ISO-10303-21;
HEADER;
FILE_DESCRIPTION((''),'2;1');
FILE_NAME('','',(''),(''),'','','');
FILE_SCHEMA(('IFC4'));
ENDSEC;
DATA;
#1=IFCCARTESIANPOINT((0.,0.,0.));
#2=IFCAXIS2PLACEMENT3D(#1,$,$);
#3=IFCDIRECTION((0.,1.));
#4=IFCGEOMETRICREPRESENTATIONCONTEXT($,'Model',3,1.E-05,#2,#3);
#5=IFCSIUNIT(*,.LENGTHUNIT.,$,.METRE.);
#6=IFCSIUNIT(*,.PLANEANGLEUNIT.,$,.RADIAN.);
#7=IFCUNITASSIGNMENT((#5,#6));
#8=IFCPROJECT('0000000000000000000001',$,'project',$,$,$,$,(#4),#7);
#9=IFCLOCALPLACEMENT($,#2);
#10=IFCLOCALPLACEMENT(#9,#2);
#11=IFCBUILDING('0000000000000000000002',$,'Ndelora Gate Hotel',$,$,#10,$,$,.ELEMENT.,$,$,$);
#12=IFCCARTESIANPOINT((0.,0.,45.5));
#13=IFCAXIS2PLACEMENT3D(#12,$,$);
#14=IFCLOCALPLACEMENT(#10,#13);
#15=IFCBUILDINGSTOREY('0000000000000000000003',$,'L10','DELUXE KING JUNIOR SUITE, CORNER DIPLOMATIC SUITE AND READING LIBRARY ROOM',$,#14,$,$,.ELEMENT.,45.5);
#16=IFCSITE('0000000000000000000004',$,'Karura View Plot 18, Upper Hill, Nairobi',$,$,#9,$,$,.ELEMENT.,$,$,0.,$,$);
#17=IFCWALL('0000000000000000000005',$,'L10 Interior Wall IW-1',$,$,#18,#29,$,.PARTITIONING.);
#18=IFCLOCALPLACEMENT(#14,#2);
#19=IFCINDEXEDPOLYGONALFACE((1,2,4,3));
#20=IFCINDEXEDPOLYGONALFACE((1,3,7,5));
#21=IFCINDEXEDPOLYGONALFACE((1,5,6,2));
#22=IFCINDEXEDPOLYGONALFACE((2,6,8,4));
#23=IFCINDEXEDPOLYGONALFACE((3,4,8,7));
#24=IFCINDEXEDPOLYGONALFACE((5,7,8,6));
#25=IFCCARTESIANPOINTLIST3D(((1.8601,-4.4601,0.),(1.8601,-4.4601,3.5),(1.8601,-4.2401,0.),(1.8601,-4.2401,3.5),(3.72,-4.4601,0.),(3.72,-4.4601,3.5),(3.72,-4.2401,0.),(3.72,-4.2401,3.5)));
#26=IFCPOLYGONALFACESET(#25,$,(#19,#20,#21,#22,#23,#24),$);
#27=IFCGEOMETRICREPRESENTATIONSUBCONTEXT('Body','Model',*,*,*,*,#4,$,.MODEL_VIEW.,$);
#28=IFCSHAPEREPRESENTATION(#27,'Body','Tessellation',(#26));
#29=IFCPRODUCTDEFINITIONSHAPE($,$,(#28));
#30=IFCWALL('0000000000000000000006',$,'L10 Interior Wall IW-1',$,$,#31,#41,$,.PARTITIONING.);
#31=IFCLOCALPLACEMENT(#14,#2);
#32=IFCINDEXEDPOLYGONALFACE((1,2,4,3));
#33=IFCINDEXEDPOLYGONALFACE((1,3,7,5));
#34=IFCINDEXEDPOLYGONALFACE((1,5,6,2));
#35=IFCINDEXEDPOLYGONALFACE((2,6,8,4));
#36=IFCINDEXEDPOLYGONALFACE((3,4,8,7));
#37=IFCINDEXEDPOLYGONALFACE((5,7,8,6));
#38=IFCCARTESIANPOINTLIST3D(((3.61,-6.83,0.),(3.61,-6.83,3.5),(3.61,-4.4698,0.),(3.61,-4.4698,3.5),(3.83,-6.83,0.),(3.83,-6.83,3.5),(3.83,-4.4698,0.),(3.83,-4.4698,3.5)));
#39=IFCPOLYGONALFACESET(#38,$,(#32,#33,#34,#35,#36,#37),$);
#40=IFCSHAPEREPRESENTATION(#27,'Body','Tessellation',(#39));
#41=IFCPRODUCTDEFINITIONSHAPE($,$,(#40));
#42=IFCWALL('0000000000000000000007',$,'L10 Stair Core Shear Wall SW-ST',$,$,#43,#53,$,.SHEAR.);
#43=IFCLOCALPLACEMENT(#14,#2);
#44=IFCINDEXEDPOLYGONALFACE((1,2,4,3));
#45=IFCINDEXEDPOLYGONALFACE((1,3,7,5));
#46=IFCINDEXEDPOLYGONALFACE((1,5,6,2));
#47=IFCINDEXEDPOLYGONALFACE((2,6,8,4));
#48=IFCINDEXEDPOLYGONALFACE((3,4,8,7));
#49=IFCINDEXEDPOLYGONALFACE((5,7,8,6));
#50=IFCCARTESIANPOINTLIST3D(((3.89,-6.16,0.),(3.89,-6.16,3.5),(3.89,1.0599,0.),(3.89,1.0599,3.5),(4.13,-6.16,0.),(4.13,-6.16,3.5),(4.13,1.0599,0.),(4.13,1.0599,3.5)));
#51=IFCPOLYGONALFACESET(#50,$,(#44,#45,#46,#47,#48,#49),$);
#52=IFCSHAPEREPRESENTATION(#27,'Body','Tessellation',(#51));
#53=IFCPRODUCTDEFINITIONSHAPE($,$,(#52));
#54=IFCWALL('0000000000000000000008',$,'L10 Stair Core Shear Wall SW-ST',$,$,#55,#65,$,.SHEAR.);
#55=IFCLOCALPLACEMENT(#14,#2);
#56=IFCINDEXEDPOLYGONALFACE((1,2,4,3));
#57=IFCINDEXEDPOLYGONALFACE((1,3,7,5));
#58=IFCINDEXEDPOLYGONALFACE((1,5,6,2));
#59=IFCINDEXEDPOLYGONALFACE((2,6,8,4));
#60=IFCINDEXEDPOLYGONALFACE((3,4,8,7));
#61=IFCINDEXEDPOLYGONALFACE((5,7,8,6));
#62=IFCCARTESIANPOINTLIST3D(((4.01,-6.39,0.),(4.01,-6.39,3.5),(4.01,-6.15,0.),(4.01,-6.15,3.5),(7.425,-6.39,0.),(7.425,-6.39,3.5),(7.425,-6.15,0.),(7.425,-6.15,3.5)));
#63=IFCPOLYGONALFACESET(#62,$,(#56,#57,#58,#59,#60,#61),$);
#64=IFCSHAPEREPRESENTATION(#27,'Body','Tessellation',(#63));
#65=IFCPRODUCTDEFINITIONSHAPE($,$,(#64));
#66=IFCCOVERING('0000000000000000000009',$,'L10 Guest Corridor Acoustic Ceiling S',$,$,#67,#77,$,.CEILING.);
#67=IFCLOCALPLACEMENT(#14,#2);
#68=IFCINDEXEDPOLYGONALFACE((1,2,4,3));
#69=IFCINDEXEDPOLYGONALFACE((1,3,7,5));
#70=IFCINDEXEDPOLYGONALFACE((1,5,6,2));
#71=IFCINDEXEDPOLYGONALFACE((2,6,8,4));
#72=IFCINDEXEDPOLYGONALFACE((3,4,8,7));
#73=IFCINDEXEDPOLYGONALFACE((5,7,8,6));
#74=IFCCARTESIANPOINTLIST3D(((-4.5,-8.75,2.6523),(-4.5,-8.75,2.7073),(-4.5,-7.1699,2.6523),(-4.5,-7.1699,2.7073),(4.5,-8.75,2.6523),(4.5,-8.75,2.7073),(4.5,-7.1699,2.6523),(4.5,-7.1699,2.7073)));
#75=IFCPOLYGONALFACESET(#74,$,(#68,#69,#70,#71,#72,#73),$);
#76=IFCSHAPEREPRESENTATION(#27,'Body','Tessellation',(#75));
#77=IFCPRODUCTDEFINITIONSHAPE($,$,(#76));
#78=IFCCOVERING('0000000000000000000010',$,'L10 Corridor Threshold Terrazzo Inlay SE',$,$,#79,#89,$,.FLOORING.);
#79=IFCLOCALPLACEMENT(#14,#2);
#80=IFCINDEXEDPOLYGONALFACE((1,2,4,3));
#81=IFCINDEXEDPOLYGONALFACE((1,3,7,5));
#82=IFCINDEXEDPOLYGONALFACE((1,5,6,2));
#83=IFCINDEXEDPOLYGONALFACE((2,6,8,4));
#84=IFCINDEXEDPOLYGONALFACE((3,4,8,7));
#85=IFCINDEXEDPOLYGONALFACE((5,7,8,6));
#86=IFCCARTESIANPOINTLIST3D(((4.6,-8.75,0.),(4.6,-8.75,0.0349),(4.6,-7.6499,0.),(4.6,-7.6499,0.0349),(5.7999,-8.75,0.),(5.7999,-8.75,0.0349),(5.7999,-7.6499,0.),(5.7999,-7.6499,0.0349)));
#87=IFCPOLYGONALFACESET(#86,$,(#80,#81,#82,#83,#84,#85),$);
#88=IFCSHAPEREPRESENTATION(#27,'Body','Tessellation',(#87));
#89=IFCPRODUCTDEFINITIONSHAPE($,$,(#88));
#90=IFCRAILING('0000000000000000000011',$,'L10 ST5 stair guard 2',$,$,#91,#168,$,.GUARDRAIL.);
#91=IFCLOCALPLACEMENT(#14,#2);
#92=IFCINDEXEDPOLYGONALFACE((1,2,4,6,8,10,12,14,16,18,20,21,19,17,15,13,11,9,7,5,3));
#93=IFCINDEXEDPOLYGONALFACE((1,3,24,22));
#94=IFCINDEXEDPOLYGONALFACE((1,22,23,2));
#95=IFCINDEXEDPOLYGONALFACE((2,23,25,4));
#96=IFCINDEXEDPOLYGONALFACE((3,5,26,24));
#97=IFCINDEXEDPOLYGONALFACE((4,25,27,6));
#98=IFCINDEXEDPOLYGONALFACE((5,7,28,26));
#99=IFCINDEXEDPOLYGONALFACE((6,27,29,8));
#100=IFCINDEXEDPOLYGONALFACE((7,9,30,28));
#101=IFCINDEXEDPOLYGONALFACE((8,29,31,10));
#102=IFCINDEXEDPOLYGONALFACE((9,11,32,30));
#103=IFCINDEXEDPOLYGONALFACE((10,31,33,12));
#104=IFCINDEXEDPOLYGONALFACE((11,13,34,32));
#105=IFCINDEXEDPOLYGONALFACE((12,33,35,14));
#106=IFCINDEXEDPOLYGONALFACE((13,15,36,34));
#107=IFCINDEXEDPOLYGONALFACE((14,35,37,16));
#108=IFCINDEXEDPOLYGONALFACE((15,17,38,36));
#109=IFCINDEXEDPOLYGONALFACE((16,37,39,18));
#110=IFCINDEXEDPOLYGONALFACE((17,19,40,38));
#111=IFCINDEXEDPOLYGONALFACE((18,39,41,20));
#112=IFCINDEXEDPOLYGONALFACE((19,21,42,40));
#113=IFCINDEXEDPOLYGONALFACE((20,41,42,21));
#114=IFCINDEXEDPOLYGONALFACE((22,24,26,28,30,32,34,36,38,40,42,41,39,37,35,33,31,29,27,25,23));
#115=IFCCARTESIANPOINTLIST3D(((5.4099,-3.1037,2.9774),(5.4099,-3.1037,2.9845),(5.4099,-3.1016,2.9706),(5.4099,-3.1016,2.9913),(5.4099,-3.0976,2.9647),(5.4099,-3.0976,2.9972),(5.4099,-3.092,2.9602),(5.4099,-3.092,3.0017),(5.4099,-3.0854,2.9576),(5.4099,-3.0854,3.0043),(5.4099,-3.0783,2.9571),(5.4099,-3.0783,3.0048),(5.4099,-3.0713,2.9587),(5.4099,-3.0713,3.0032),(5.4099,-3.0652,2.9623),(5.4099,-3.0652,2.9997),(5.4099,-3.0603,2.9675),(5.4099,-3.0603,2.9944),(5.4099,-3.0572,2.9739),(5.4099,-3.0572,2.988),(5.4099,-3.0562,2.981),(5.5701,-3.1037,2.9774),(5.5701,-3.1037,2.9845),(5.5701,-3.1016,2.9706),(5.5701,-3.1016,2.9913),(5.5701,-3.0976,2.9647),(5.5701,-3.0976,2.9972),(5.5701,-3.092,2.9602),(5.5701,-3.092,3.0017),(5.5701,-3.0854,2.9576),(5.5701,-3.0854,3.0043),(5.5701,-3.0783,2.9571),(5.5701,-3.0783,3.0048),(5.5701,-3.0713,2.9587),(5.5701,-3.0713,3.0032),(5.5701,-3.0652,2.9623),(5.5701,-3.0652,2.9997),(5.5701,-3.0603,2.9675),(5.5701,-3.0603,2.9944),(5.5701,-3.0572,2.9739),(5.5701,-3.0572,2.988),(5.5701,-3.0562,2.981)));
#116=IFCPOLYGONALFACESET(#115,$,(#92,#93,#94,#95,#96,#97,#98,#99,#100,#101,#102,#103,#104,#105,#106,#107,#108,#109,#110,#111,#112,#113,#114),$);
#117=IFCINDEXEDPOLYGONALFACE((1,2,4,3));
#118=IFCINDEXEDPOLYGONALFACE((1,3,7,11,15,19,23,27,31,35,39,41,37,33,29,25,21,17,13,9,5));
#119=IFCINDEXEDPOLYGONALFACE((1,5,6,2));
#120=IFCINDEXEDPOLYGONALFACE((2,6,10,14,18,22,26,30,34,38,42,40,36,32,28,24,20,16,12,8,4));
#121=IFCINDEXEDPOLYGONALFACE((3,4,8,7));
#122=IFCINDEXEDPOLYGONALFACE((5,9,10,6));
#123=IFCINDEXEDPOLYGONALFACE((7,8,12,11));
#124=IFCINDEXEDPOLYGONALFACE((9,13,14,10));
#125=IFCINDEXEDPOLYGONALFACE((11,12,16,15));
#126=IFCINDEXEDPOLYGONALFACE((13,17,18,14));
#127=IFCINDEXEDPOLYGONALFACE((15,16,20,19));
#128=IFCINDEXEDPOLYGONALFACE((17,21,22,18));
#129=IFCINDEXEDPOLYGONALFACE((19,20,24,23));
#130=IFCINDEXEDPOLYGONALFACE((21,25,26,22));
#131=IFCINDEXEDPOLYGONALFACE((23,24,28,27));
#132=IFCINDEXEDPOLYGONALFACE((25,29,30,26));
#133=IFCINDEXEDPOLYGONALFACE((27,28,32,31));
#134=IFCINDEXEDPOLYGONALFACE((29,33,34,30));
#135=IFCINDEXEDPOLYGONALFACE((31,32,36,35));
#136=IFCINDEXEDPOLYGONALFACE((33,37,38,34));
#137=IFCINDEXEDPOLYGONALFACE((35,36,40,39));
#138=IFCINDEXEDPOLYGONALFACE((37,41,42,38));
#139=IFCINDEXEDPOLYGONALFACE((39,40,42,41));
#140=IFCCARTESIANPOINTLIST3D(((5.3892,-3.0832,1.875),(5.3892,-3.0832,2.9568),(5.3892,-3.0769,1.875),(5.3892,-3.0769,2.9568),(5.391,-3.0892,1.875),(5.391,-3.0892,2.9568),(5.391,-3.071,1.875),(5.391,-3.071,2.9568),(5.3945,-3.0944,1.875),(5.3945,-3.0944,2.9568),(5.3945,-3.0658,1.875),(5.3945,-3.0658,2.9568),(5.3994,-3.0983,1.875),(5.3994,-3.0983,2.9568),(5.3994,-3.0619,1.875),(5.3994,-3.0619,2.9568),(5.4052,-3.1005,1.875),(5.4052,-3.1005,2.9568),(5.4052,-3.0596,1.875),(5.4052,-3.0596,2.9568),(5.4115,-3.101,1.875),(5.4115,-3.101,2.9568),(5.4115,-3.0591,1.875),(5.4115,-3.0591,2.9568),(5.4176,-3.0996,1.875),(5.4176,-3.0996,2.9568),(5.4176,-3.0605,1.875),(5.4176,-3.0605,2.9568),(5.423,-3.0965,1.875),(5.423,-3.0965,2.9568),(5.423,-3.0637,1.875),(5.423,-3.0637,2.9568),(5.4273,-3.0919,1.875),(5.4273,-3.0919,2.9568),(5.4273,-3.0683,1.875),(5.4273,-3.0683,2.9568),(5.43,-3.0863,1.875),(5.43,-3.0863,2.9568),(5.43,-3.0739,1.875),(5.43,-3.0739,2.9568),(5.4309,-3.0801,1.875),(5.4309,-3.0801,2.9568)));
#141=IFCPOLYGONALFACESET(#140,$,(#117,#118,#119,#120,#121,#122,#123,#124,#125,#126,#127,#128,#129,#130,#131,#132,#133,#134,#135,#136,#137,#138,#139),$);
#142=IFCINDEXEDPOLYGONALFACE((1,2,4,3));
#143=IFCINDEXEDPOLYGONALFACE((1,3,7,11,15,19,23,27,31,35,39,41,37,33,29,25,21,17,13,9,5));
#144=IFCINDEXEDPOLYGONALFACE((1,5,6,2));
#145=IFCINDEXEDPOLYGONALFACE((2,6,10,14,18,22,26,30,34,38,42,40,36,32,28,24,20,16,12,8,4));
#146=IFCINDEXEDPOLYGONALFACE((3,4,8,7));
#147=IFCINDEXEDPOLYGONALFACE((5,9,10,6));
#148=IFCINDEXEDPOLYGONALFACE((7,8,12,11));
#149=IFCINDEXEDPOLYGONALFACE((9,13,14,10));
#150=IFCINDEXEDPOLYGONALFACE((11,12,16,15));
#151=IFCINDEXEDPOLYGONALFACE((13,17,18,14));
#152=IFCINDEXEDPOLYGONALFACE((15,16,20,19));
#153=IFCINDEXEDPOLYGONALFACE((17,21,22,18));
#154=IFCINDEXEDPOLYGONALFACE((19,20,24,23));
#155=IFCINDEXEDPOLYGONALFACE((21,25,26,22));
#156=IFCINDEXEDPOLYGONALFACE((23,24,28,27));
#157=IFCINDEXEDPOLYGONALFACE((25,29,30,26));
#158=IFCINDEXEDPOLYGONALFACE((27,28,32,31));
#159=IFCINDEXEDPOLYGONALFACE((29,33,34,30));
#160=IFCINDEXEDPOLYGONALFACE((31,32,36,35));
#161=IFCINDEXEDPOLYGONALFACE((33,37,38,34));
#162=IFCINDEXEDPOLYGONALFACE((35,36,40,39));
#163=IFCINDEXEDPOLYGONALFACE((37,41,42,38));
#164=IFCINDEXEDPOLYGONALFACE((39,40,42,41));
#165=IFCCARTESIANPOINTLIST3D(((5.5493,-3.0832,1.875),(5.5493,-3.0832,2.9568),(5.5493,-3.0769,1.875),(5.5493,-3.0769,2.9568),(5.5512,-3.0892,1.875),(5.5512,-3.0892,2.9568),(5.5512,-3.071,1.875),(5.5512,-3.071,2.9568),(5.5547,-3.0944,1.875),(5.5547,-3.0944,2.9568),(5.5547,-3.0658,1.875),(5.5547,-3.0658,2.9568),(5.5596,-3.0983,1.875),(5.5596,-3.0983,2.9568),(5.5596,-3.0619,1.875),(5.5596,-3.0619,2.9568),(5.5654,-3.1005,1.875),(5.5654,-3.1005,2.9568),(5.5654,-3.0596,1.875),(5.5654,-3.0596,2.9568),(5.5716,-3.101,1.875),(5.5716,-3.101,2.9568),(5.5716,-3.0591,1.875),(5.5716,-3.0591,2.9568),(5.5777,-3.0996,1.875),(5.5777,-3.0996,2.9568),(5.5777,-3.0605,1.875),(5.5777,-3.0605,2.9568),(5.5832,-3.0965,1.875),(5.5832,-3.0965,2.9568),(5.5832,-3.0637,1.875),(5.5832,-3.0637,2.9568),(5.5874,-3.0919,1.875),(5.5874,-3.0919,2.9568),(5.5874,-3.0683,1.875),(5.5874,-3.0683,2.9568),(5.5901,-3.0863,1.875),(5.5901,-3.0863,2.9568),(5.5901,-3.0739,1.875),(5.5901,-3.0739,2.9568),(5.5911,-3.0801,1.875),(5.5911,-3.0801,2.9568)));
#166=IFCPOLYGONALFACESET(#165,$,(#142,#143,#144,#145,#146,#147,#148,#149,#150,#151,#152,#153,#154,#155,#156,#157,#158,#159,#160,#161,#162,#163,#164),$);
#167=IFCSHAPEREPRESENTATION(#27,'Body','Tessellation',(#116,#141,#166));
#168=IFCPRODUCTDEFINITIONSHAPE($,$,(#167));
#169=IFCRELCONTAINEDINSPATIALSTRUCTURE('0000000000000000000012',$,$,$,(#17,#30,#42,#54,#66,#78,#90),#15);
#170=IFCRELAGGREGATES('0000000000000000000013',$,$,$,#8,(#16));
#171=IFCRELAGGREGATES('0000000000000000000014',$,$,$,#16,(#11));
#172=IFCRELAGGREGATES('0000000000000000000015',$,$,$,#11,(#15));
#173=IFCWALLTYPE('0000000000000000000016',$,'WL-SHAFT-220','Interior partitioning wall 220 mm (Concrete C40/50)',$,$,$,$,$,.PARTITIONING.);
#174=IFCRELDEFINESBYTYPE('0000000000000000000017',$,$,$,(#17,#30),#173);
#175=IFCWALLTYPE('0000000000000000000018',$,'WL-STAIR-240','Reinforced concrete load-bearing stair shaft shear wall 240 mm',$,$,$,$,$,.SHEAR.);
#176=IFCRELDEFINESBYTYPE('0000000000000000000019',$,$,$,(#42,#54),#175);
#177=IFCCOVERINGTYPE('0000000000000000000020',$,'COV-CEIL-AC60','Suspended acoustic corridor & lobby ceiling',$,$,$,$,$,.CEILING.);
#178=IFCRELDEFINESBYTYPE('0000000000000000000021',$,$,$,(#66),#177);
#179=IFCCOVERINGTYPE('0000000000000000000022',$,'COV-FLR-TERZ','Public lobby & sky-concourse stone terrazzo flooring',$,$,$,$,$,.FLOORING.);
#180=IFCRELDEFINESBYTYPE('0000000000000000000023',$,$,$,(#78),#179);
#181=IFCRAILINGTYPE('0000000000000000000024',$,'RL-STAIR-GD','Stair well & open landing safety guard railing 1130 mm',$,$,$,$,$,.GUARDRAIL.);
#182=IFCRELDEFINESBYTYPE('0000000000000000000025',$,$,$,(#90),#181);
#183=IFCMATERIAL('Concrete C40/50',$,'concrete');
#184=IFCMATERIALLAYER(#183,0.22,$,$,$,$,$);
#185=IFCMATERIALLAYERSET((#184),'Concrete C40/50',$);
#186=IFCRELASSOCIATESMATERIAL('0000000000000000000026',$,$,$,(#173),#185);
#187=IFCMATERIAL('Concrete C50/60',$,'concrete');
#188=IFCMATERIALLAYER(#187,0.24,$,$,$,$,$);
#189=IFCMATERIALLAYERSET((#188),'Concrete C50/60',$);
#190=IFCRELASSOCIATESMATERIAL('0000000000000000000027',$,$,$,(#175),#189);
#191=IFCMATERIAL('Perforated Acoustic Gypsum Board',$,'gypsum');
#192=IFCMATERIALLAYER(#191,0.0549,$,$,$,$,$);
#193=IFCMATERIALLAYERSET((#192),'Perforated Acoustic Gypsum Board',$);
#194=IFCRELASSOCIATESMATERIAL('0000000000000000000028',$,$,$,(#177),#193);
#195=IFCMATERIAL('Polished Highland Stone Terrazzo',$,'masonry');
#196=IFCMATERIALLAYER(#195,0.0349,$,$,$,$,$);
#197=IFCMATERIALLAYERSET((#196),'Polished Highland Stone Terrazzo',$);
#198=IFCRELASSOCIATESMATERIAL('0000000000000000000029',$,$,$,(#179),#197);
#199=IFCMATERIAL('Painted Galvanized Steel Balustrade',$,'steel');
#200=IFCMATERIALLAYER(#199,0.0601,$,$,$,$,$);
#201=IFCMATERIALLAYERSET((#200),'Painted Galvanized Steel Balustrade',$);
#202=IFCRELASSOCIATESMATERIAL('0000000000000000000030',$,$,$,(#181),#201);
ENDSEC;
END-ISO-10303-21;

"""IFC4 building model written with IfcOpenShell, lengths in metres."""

from ifc_helpers import new_model, si_unit, direction, frame, frame_2d, origin, origin_2d, place, context, subcontext, project, spatial, rectangle, circle, extrude, material, layer, layer_set, type_object, element, save


model = new_model("IFC4")

# Units and contexts
model_context = context("Model", 3, precision=1e-05, world=origin(), true_north=direction((0.0, 1.0)))
body_context = subcontext(model_context, "Body", "Model", "MODEL_VIEW")
ifc_project = project(units=[si_unit("LENGTHUNIT", "METRE"), si_unit("PLANEANGLEUNIT", "RADIAN")], contexts=[model_context])

# Site, building, storey
site_placement = place(None, origin())
site = spatial("IfcSite", under=ifc_project, at=site_placement, Name="Karura View Plot 18, Upper Hill, Nairobi", CompositionType="ELEMENT", RefElevation=0.0)
building_placement = place(site_placement, origin())
building = spatial("IfcBuilding", under=site, at=building_placement, Name="Ndelora Gate Hotel", CompositionType="ELEMENT")
storey_placement = place(building_placement, frame((0.0, 0.0, 45.5)))
storey = spatial("IfcBuildingStorey", under=building, at=storey_placement, Name="L10", Description="DELUXE KING JUNIOR SUITE, CORNER DIPLOMATIC SUITE AND READING LIBRARY ROOM", CompositionType="ELEMENT", Elevation=45.5)

# Walls
ifc_material_1 = material(Name="Concrete C40/50", Category="concrete")
ifc_layer_1 = layer(ifc_material_1, 0.22)
ifc_layer_set_1 = layer_set([ifc_layer_1], Name="Concrete C40/50")
wall_type_1 = type_object("IfcWallType", Name="WL-SHAFT-220", Description="Interior partitioning wall 220 mm (Concrete C40/50)", PredefinedType="PARTITIONING", material=ifc_layer_set_1)
wall_1_placement = place(storey_placement, frame((1.8601, -4.3501, 0.0), z_axis=(0.0, 0.0, 1.0), x_axis=(1.0, 0.0, 0.0)))
element("IfcWall", 1, at=wall_1_placement, inside=storey, type_object=wall_type_1, Name="L10 Interior Wall IW-1", PredefinedType="PARTITIONING", context=body_context, shape_type="SweptSolid", body=[
    extrude(rectangle(XDim=1.8599, YDim=0.22, at=frame_2d((0.9299, 0.0))), origin(), (0.0, 0.0, 1.0), 3.5),
])
wall_2_placement = place(storey_placement, frame((3.72, -6.8301, 0.0), z_axis=(0.0, 0.0, 1.0), x_axis=(0.0, 1.0, 0.0)))
element("IfcWall", 2, at=wall_2_placement, inside=storey, type_object=wall_type_1, Name="L10 Interior Wall IW-1", PredefinedType="PARTITIONING", context=body_context, shape_type="SweptSolid", body=[
    extrude(rectangle(XDim=2.3601, YDim=0.22, at=frame_2d((1.1802, 0.0))), origin(), (0.0, 0.0, 1.0), 3.5),
])
ifc_material_2 = material(Name="Concrete C50/60", Category="concrete")
ifc_layer_2 = layer(ifc_material_2, 0.24)
ifc_layer_set_2 = layer_set([ifc_layer_2], Name="Concrete C50/60")
wall_type_2 = type_object("IfcWallType", Name="WL-STAIR-240", Description="Reinforced concrete load-bearing stair shaft shear wall 240 mm", PredefinedType="SHEAR", material=ifc_layer_set_2)
wall_3_placement = place(storey_placement, frame((4.01, -6.1599, 0.0), z_axis=(0.0, 0.0, 1.0), x_axis=(0.0, 1.0, 0.0)))
element("IfcWall", 3, at=wall_3_placement, inside=storey, type_object=wall_type_2, Name="L10 Stair Core Shear Wall SW-ST", PredefinedType="SHEAR", context=body_context, shape_type="SweptSolid", body=[
    extrude(rectangle(XDim=7.22, YDim=0.24, at=frame_2d((3.6099, 0.0))), origin(), (0.0, 0.0, 1.0), 3.5),
])
wall_4_placement = place(storey_placement, frame((4.01, -6.27, 0.0), z_axis=(0.0, 0.0, 1.0), x_axis=(1.0, 0.0, 0.0)))
element("IfcWall", 4, at=wall_4_placement, inside=storey, type_object=wall_type_2, Name="L10 Stair Core Shear Wall SW-ST", PredefinedType="SHEAR", context=body_context, shape_type="SweptSolid", body=[
    extrude(rectangle(XDim=3.415, YDim=0.24, at=frame_2d((1.7075, 0.0))), origin(), (0.0, 0.0, 1.0), 3.5),
])

# Coverings
ifc_material_3 = material(Name="Perforated Acoustic Gypsum Board", Category="gypsum")
ifc_layer_3 = layer(ifc_material_3, 0.0549)
ifc_layer_set_3 = layer_set([ifc_layer_3], Name="Perforated Acoustic Gypsum Board")
covering_type_1 = type_object("IfcCoveringType", Name="COV-CEIL-AC60", Description="Suspended acoustic corridor & lobby ceiling", PredefinedType="CEILING", material=ifc_layer_set_3)
covering_1_placement = place(storey_placement, frame((0.0, -7.96, 2.6523), z_axis=(0.0, 0.0, 1.0), x_axis=(1.0, 0.0, 0.0)))
element("IfcCovering", 5, at=covering_1_placement, inside=storey, type_object=covering_type_1, Name="L10 Guest Corridor Acoustic Ceiling S", PredefinedType="CEILING", context=body_context, shape_type="SweptSolid", body=[
    extrude(rectangle(XDim=9.0, YDim=1.5801, at=origin_2d()), origin(), (0.0, 0.0, 1.0), 0.0549),
])
ifc_material_4 = material(Name="Polished Highland Stone Terrazzo", Category="masonry")
ifc_layer_4 = layer(ifc_material_4, 0.0349)
ifc_layer_set_4 = layer_set([ifc_layer_4], Name="Polished Highland Stone Terrazzo")
covering_type_2 = type_object("IfcCoveringType", Name="COV-FLR-TERZ", Description="Public lobby & sky-concourse stone terrazzo flooring", PredefinedType="FLOORING", material=ifc_layer_set_4)
covering_2_placement = place(storey_placement, frame((5.2, -8.2, 0.0), z_axis=(0.0, 0.0, 1.0), x_axis=(1.0, 0.0, 0.0)))
element("IfcCovering", 6, at=covering_2_placement, inside=storey, type_object=covering_type_2, Name="L10 Corridor Threshold Terrazzo Inlay SE", PredefinedType="FLOORING", context=body_context, shape_type="SweptSolid", body=[
    extrude(rectangle(XDim=1.2, YDim=1.1001, at=origin_2d()), origin(), (0.0, 0.0, 1.0), 0.0349),
])

# Railing
ifc_material_5 = material(Name="Painted Galvanized Steel Balustrade", Category="steel")
ifc_layer_5 = layer(ifc_material_5, 0.0601)
ifc_layer_set_5 = layer_set([ifc_layer_5], Name="Painted Galvanized Steel Balustrade")
railing_type = type_object("IfcRailingType", Name="RL-STAIR-GD", Description="Stair well & open landing safety guard railing 1130 mm", PredefinedType="GUARDRAIL", material=ifc_layer_set_5)
railing_1_placement = place(storey_placement, frame((5.4099, -3.0801, 1.875)))
element("IfcRailing", 7, at=railing_1_placement, inside=storey, type_object=railing_type, Name="L10 ST5 stair guard 2", PredefinedType="GUARDRAIL", context=body_context, shape_type="SweptSolid", body=[
    extrude(circle(Radius=0.0239, at=origin_2d()), frame((0.0, 0.0, 1.106), z_axis=(1.0, 0.0, 0.0), x_axis=(0.0, 1.0, 0.0)), (0.0, 0.0, 1.0), 0.1602),
    extrude(circle(Radius=0.021, at=origin_2d()), origin(), (0.0, 0.0, 1.0), 1.0818),
    extrude(circle(Radius=0.021, at=origin_2d()), frame((0.1602, 0.0, 0.0)), (0.0, 0.0, 1.0), 1.0818),
])

save(model, "model.ifc")
